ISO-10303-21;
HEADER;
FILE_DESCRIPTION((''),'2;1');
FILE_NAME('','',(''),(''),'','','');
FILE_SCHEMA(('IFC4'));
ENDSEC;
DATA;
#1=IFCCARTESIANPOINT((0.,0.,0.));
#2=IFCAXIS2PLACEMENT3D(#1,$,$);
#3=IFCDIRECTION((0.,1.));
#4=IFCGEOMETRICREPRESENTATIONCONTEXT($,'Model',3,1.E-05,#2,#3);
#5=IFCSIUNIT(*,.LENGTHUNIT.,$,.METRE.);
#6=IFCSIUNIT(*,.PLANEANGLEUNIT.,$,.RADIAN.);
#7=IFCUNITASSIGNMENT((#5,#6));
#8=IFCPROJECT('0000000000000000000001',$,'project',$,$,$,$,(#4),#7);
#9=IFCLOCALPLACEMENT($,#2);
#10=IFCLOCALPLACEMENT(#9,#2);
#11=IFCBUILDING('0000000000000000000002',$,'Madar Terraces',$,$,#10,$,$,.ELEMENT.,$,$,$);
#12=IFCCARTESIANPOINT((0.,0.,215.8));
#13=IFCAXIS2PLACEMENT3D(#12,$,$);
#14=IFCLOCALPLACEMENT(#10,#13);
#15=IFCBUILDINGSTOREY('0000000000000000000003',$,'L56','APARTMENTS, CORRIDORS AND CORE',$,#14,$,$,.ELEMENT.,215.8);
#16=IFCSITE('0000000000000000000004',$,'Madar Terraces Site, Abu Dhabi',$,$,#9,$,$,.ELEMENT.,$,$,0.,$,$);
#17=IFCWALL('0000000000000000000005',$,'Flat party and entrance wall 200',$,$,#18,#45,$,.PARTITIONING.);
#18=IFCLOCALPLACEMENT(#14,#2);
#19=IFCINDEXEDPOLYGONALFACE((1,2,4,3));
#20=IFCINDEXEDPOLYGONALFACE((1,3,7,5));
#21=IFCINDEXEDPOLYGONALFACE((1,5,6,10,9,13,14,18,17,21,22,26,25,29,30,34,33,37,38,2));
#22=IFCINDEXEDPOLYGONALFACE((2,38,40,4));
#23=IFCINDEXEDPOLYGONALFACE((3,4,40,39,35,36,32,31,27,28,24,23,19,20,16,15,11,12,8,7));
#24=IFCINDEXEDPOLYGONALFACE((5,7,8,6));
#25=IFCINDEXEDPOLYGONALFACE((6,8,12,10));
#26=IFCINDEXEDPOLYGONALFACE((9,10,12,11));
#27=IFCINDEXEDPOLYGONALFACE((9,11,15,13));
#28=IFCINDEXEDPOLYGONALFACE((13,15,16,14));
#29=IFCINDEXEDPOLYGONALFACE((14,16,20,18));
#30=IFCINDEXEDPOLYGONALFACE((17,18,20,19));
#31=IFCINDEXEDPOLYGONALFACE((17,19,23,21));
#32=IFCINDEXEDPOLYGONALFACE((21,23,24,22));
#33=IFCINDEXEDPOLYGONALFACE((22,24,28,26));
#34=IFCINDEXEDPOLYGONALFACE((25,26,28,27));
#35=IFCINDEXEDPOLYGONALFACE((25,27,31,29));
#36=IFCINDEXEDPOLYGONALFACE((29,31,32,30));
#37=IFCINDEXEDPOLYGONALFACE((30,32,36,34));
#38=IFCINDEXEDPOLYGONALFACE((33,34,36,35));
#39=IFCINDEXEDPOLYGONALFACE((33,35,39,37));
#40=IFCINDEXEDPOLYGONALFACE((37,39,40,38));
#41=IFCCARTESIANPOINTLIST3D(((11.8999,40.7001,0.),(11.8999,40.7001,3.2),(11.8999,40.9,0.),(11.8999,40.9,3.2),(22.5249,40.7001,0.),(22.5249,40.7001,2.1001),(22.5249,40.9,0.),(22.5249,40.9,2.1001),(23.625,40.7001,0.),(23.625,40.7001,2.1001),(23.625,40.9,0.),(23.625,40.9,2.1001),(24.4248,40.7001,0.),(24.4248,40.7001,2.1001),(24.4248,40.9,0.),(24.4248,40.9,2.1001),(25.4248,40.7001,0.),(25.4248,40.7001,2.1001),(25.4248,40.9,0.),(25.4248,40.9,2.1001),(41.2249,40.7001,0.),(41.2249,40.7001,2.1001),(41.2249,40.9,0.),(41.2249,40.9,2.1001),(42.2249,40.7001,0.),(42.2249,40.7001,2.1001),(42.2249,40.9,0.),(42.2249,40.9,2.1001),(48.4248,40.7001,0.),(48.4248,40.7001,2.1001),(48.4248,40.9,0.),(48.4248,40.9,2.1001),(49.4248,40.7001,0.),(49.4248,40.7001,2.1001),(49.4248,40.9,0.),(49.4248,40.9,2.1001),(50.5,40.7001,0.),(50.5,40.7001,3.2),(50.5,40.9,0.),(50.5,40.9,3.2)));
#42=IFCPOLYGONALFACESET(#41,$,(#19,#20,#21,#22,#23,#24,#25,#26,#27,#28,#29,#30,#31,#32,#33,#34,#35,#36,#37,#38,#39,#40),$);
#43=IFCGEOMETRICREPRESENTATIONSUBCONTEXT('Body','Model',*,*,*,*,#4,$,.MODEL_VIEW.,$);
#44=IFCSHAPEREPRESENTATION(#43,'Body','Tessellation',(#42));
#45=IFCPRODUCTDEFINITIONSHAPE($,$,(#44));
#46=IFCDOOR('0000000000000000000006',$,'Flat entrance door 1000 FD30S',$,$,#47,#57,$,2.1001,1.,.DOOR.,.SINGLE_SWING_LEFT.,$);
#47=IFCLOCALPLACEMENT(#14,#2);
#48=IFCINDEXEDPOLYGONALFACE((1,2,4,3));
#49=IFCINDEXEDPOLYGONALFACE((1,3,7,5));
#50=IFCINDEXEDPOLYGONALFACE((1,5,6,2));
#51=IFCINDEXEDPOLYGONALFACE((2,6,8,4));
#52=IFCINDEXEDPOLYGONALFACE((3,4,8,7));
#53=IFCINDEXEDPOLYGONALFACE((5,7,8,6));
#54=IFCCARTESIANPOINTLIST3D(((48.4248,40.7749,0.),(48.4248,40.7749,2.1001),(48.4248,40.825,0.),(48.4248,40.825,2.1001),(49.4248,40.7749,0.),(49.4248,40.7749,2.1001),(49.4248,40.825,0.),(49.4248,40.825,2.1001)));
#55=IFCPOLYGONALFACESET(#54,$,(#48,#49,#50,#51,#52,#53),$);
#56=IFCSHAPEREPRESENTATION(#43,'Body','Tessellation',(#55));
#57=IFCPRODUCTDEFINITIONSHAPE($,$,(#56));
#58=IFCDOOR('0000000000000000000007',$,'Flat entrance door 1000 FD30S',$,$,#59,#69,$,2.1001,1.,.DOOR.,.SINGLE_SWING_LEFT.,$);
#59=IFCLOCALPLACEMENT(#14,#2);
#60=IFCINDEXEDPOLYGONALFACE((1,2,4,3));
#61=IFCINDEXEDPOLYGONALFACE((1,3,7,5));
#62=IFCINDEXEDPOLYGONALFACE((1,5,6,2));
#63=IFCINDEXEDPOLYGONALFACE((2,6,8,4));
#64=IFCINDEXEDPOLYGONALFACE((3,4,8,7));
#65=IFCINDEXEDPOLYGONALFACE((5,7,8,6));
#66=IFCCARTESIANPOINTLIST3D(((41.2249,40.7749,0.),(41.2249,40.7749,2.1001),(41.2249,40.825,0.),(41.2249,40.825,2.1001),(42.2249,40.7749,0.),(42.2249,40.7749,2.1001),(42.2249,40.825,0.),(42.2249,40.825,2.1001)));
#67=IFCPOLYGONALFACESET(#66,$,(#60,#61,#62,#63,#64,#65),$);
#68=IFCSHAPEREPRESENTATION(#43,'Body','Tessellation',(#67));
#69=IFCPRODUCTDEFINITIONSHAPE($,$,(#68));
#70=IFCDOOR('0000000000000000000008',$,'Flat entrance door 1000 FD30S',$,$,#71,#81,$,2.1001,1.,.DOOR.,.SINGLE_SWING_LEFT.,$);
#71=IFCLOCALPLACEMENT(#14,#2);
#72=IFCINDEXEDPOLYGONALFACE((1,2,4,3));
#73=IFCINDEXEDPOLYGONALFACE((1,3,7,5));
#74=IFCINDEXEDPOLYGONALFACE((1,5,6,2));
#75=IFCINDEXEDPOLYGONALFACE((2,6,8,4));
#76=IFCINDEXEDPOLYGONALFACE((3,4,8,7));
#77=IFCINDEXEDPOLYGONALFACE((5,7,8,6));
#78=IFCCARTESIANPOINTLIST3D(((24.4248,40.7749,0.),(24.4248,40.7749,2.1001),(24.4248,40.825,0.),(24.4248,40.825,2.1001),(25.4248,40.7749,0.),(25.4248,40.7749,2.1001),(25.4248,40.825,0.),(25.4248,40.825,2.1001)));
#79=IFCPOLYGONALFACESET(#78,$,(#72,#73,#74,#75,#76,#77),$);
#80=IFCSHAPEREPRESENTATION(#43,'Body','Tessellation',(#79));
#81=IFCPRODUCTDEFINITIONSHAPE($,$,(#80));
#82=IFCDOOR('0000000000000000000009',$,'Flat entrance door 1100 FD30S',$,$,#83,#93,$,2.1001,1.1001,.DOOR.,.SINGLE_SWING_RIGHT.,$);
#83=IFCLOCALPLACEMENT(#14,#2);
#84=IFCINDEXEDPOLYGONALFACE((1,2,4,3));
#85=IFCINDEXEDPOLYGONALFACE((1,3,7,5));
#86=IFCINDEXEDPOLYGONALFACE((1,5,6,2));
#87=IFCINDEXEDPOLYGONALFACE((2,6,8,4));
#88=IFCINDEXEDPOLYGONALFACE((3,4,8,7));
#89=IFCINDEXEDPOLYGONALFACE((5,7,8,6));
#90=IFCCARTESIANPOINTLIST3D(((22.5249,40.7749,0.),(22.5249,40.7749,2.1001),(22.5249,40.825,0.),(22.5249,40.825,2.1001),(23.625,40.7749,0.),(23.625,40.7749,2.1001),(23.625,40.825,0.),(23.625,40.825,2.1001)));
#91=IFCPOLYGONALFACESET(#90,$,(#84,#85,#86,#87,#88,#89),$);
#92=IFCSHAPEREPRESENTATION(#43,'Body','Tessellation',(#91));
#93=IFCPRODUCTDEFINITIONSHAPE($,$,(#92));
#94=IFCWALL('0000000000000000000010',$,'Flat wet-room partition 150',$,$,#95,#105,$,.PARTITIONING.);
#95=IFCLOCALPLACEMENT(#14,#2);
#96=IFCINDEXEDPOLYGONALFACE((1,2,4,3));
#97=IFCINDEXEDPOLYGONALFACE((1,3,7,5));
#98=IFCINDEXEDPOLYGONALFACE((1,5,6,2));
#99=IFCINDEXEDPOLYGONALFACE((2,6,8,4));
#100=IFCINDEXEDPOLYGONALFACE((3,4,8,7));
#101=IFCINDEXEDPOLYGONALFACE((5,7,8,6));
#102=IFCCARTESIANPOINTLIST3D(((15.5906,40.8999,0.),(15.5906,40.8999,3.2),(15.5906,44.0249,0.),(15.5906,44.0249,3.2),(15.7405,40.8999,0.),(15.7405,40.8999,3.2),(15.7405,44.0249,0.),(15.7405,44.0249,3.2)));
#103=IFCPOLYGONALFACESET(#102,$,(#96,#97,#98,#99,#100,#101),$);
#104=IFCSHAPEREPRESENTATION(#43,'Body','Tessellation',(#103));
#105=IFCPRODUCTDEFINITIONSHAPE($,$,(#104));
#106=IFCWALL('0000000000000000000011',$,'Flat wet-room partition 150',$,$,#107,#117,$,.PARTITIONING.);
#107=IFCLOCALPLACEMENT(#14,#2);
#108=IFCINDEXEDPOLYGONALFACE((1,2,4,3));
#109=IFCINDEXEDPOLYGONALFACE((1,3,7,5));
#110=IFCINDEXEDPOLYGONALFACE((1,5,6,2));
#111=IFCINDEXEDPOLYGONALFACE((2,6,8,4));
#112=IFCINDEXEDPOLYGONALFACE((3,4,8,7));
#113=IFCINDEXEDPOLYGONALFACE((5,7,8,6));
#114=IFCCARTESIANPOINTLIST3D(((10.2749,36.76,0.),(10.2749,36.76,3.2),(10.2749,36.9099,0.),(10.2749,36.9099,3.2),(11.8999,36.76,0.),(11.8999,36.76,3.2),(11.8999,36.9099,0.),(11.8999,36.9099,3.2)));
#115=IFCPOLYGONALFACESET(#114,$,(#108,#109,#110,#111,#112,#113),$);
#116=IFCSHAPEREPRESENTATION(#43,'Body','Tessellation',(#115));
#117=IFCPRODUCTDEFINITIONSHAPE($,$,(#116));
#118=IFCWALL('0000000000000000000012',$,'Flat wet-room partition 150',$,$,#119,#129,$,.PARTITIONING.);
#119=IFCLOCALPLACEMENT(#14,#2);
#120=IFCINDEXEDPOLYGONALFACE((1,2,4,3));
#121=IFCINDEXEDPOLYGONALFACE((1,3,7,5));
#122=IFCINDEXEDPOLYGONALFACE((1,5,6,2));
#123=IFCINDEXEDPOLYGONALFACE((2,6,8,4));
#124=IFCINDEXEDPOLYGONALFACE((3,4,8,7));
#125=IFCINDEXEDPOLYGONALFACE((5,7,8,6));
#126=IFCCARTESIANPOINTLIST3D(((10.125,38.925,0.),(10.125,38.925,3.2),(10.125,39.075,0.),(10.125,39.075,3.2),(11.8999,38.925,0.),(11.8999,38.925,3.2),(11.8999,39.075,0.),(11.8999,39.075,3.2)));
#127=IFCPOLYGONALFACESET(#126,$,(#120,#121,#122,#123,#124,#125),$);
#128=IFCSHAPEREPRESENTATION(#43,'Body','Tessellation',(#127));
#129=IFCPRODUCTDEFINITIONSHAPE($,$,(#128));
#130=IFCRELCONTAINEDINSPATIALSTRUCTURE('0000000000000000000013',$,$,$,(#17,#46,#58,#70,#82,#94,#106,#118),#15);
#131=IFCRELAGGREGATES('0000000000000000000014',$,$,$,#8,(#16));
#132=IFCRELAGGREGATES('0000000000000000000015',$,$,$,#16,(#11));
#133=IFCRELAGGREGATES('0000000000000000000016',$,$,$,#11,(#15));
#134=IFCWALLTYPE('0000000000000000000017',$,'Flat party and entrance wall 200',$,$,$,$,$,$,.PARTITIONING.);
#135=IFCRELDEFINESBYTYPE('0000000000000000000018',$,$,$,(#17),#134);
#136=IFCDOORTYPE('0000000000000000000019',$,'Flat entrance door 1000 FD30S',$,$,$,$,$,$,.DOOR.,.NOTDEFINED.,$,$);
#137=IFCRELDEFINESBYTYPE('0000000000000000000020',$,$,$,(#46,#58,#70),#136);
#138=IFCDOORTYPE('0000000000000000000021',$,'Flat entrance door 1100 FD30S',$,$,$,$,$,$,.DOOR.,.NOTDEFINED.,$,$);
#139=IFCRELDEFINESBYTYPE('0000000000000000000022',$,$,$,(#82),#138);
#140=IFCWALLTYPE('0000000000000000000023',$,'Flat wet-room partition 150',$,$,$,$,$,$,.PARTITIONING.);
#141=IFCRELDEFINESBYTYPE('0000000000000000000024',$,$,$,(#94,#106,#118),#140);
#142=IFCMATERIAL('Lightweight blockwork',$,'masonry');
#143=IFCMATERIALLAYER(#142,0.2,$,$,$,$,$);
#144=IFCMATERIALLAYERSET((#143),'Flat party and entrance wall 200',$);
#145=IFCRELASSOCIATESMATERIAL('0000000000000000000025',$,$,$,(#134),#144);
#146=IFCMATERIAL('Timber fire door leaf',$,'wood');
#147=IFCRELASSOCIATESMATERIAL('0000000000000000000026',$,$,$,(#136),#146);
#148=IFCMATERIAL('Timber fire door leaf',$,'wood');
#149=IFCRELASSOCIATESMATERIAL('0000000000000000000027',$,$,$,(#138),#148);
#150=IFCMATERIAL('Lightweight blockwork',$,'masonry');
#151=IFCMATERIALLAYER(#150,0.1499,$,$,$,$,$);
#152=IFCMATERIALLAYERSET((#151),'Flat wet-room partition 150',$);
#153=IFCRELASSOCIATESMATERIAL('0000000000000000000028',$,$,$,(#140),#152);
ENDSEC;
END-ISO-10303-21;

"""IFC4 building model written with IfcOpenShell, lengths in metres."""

from ifc_helpers import new_model, si_unit, direction, frame, frame_2d, origin, place, context, subcontext, project, spatial, rectangle, extrude, material, layer, layer_set, type_object, element, fill, save


model = new_model("IFC4")

# Units and contexts
model_context = context("Model", 3, precision=1e-05, world=origin(), true_north=direction((0.0, 1.0)))
body_context = subcontext(model_context, "Body", "Model", "MODEL_VIEW")
ifc_project = project(units=[si_unit("LENGTHUNIT", "METRE"), si_unit("PLANEANGLEUNIT", "RADIAN")], contexts=[model_context])

# Site, building, storey
site_placement = place(None, origin())
site = spatial("IfcSite", under=ifc_project, at=site_placement, Name="Madar Terraces Site, Abu Dhabi", CompositionType="ELEMENT", RefElevation=0.0)
building_placement = place(site_placement, origin())
building = spatial("IfcBuilding", under=site, at=building_placement, Name="Madar Terraces", CompositionType="ELEMENT")
storey_placement = place(building_placement, frame((0.0, 0.0, 215.8)))
storey = spatial("IfcBuildingStorey", under=building, at=storey_placement, Name="L56", Description="APARTMENTS, CORRIDORS AND CORE", CompositionType="ELEMENT", Elevation=215.8)

# Wall, openings, doors
ifc_material_1 = material(Name="Lightweight blockwork", Category="masonry")
ifc_layer_1 = layer(ifc_material_1, 0.2)
ifc_layer_set_1 = layer_set([ifc_layer_1], Name="Flat party and entrance wall 200")
wall_type_1 = type_object("IfcWallType", Name="Flat party and entrance wall 200", PredefinedType="PARTITIONING", material=ifc_layer_set_1)
wall_1_placement = place(storey_placement, frame((11.8999, 40.8, 0.0), z_axis=(0.0, 0.0, 1.0), x_axis=(1.0, 0.0, 0.0)))
wall_1 = element("IfcWall", 1, at=wall_1_placement, inside=storey, type_object=wall_type_1, Name="Flat party and entrance wall 200", PredefinedType="PARTITIONING", context=body_context, shape_type="SweptSolid", body=[
    extrude(rectangle(XDim=38.6001, YDim=0.2, at=frame_2d((19.3, 0.0))), origin(), (0.0, 0.0, 1.0), 3.2),
])
opening_1_placement = place(wall_1_placement, frame((36.5249, 0.0, 0.0)))
opening_1 = element("IfcOpeningElement", 2, at=opening_1_placement, cuts=wall_1, PredefinedType="OPENING", context=body_context, shape_type="SweptSolid", body=[
    extrude(rectangle(XDim=1.0, YDim=2.1001, at=frame_2d((0.5, 1.05))), frame((0.0, 0.1099, 0.0), z_axis=(0.0, -1.0, 0.0), x_axis=(1.0, 0.0, 0.0)), (0.0, 0.0, 1.0), 0.22),
])
opening_2_placement = place(wall_1_placement, frame((29.325, 0.0, 0.0)))
opening_2 = element("IfcOpeningElement", 3, at=opening_2_placement, cuts=wall_1, PredefinedType="OPENING", context=body_context, shape_type="SweptSolid", body=[
    extrude(rectangle(XDim=1.0, YDim=2.1001, at=frame_2d((0.5, 1.05))), frame((0.0, 0.1099, 0.0), z_axis=(0.0, -1.0, 0.0), x_axis=(1.0, 0.0, 0.0)), (0.0, 0.0, 1.0), 0.22),
])
opening_3_placement = place(wall_1_placement, frame((12.5249, 0.0, 0.0)))
opening_3 = element("IfcOpeningElement", 4, at=opening_3_placement, cuts=wall_1, PredefinedType="OPENING", context=body_context, shape_type="SweptSolid", body=[
    extrude(rectangle(XDim=1.0, YDim=2.1001, at=frame_2d((0.5, 1.05))), frame((0.0, 0.1099, 0.0), z_axis=(0.0, -1.0, 0.0), x_axis=(1.0, 0.0, 0.0)), (0.0, 0.0, 1.0), 0.22),
])
opening_4_placement = place(wall_1_placement, frame((10.625, 0.0, 0.0)))
opening_4 = element("IfcOpeningElement", 5, at=opening_4_placement, cuts=wall_1, PredefinedType="OPENING", context=body_context, shape_type="SweptSolid", body=[
    extrude(rectangle(XDim=1.1001, YDim=2.1001, at=frame_2d((0.55, 1.05))), frame((0.0, 0.1099, 0.0), z_axis=(0.0, -1.0, 0.0), x_axis=(1.0, 0.0, 0.0)), (0.0, 0.0, 1.0), 0.22),
])
ifc_material_2 = material(Name="Timber fire door leaf", Category="wood")
door_type_1 = type_object("IfcDoorType", Name="Flat entrance door 1000 FD30S", OperationType="NOTDEFINED", PredefinedType="DOOR", material=ifc_material_2)
door_1_placement = place(opening_1_placement, origin())
door_1 = element("IfcDoor", 6, at=door_1_placement, inside=storey, type_object=door_type_1, Name="Flat entrance door 1000 FD30S", OperationType="SINGLE_SWING_LEFT", OverallHeight=2.1001, OverallWidth=1.0, PredefinedType="DOOR", context=body_context, shape_type="SweptSolid", body=[
    extrude(rectangle(XDim=1.0, YDim=2.1001, at=frame_2d((0.5, 1.05))), frame((0.0, 0.0249, 0.0), z_axis=(0.0, -1.0, 0.0), x_axis=(1.0, 0.0, 0.0)), (0.0, 0.0, 1.0), 0.05),
])
fill(opening_1, door_1)
door_2_placement = place(opening_2_placement, origin())
door_2 = element("IfcDoor", 7, at=door_2_placement, inside=storey, type_object=door_type_1, Name="Flat entrance door 1000 FD30S", OperationType="SINGLE_SWING_LEFT", OverallHeight=2.1001, OverallWidth=1.0, PredefinedType="DOOR", context=body_context, shape_type="SweptSolid", body=[
    extrude(rectangle(XDim=1.0, YDim=2.1001, at=frame_2d((0.5, 1.05))), frame((0.0, 0.0249, 0.0), z_axis=(0.0, -1.0, 0.0), x_axis=(1.0, 0.0, 0.0)), (0.0, 0.0, 1.0), 0.05),
])
fill(opening_2, door_2)
door_3_placement = place(opening_3_placement, origin())
door_3 = element("IfcDoor", 8, at=door_3_placement, inside=storey, type_object=door_type_1, Name="Flat entrance door 1000 FD30S", OperationType="SINGLE_SWING_LEFT", OverallHeight=2.1001, OverallWidth=1.0, PredefinedType="DOOR", context=body_context, shape_type="SweptSolid", body=[
    extrude(rectangle(XDim=1.0, YDim=2.1001, at=frame_2d((0.5, 1.05))), frame((0.0, 0.0249, 0.0), z_axis=(0.0, -1.0, 0.0), x_axis=(1.0, 0.0, 0.0)), (0.0, 0.0, 1.0), 0.05),
])
fill(opening_3, door_3)
ifc_material_3 = material(Name="Timber fire door leaf", Category="wood")
door_type_2 = type_object("IfcDoorType", Name="Flat entrance door 1100 FD30S", OperationType="NOTDEFINED", PredefinedType="DOOR", material=ifc_material_3)
door_4_placement = place(opening_4_placement, origin())
door_4 = element("IfcDoor", 9, at=door_4_placement, inside=storey, type_object=door_type_2, Name="Flat entrance door 1100 FD30S", OperationType="SINGLE_SWING_RIGHT", OverallHeight=2.1001, OverallWidth=1.1001, PredefinedType="DOOR", context=body_context, shape_type="SweptSolid", body=[
    extrude(rectangle(XDim=1.1001, YDim=2.1001, at=frame_2d((0.55, 1.05))), frame((0.0, 0.0249, 0.0), z_axis=(0.0, -1.0, 0.0), x_axis=(1.0, 0.0, 0.0)), (0.0, 0.0, 1.0), 0.05),
])
fill(opening_4, door_4)

# Walls
ifc_material_4 = material(Name="Lightweight blockwork", Category="masonry")
ifc_layer_2 = layer(ifc_material_4, 0.1499)
ifc_layer_set_2 = layer_set([ifc_layer_2], Name="Flat wet-room partition 150")
wall_type_2 = type_object("IfcWallType", Name="Flat wet-room partition 150", PredefinedType="PARTITIONING", material=ifc_layer_set_2)
wall_2_placement = place(storey_placement, frame((15.6655, 40.8999, 0.0), z_axis=(0.0, 0.0, 1.0), x_axis=(0.0, 1.0, 0.0)))
element("IfcWall", 10, at=wall_2_placement, inside=storey, type_object=wall_type_2, Name="Flat wet-room partition 150", PredefinedType="PARTITIONING", context=body_context, shape_type="SweptSolid", body=[
    extrude(rectangle(XDim=3.125, YDim=0.1499, at=frame_2d((1.5625, 0.0))), origin(), (0.0, 0.0, 1.0), 3.2),
])
wall_3_placement = place(storey_placement, frame((11.8999, 36.835, 0.0), z_axis=(0.0, 0.0, 1.0), x_axis=(-1.0, 0.0, 0.0)))
element("IfcWall", 11, at=wall_3_placement, inside=storey, type_object=wall_type_2, Name="Flat wet-room partition 150", PredefinedType="PARTITIONING", context=body_context, shape_type="SweptSolid", body=[
    extrude(rectangle(XDim=1.625, YDim=0.1499, at=frame_2d((0.8125, 0.0))), origin(), (0.0, 0.0, 1.0), 3.2),
])
wall_4_placement = place(storey_placement, frame((11.8999, 39.0, 0.0), z_axis=(0.0, 0.0, 1.0), x_axis=(-1.0, 0.0, 0.0)))
element("IfcWall", 12, at=wall_4_placement, inside=storey, type_object=wall_type_2, Name="Flat wet-room partition 150", PredefinedType="PARTITIONING", context=body_context, shape_type="SweptSolid", body=[
    extrude(rectangle(XDim=1.7749, YDim=0.1499, at=frame_2d((0.8875, 0.0))), origin(), (0.0, 0.0, 1.0), 3.2),
])

save(model, "model.ifc")
